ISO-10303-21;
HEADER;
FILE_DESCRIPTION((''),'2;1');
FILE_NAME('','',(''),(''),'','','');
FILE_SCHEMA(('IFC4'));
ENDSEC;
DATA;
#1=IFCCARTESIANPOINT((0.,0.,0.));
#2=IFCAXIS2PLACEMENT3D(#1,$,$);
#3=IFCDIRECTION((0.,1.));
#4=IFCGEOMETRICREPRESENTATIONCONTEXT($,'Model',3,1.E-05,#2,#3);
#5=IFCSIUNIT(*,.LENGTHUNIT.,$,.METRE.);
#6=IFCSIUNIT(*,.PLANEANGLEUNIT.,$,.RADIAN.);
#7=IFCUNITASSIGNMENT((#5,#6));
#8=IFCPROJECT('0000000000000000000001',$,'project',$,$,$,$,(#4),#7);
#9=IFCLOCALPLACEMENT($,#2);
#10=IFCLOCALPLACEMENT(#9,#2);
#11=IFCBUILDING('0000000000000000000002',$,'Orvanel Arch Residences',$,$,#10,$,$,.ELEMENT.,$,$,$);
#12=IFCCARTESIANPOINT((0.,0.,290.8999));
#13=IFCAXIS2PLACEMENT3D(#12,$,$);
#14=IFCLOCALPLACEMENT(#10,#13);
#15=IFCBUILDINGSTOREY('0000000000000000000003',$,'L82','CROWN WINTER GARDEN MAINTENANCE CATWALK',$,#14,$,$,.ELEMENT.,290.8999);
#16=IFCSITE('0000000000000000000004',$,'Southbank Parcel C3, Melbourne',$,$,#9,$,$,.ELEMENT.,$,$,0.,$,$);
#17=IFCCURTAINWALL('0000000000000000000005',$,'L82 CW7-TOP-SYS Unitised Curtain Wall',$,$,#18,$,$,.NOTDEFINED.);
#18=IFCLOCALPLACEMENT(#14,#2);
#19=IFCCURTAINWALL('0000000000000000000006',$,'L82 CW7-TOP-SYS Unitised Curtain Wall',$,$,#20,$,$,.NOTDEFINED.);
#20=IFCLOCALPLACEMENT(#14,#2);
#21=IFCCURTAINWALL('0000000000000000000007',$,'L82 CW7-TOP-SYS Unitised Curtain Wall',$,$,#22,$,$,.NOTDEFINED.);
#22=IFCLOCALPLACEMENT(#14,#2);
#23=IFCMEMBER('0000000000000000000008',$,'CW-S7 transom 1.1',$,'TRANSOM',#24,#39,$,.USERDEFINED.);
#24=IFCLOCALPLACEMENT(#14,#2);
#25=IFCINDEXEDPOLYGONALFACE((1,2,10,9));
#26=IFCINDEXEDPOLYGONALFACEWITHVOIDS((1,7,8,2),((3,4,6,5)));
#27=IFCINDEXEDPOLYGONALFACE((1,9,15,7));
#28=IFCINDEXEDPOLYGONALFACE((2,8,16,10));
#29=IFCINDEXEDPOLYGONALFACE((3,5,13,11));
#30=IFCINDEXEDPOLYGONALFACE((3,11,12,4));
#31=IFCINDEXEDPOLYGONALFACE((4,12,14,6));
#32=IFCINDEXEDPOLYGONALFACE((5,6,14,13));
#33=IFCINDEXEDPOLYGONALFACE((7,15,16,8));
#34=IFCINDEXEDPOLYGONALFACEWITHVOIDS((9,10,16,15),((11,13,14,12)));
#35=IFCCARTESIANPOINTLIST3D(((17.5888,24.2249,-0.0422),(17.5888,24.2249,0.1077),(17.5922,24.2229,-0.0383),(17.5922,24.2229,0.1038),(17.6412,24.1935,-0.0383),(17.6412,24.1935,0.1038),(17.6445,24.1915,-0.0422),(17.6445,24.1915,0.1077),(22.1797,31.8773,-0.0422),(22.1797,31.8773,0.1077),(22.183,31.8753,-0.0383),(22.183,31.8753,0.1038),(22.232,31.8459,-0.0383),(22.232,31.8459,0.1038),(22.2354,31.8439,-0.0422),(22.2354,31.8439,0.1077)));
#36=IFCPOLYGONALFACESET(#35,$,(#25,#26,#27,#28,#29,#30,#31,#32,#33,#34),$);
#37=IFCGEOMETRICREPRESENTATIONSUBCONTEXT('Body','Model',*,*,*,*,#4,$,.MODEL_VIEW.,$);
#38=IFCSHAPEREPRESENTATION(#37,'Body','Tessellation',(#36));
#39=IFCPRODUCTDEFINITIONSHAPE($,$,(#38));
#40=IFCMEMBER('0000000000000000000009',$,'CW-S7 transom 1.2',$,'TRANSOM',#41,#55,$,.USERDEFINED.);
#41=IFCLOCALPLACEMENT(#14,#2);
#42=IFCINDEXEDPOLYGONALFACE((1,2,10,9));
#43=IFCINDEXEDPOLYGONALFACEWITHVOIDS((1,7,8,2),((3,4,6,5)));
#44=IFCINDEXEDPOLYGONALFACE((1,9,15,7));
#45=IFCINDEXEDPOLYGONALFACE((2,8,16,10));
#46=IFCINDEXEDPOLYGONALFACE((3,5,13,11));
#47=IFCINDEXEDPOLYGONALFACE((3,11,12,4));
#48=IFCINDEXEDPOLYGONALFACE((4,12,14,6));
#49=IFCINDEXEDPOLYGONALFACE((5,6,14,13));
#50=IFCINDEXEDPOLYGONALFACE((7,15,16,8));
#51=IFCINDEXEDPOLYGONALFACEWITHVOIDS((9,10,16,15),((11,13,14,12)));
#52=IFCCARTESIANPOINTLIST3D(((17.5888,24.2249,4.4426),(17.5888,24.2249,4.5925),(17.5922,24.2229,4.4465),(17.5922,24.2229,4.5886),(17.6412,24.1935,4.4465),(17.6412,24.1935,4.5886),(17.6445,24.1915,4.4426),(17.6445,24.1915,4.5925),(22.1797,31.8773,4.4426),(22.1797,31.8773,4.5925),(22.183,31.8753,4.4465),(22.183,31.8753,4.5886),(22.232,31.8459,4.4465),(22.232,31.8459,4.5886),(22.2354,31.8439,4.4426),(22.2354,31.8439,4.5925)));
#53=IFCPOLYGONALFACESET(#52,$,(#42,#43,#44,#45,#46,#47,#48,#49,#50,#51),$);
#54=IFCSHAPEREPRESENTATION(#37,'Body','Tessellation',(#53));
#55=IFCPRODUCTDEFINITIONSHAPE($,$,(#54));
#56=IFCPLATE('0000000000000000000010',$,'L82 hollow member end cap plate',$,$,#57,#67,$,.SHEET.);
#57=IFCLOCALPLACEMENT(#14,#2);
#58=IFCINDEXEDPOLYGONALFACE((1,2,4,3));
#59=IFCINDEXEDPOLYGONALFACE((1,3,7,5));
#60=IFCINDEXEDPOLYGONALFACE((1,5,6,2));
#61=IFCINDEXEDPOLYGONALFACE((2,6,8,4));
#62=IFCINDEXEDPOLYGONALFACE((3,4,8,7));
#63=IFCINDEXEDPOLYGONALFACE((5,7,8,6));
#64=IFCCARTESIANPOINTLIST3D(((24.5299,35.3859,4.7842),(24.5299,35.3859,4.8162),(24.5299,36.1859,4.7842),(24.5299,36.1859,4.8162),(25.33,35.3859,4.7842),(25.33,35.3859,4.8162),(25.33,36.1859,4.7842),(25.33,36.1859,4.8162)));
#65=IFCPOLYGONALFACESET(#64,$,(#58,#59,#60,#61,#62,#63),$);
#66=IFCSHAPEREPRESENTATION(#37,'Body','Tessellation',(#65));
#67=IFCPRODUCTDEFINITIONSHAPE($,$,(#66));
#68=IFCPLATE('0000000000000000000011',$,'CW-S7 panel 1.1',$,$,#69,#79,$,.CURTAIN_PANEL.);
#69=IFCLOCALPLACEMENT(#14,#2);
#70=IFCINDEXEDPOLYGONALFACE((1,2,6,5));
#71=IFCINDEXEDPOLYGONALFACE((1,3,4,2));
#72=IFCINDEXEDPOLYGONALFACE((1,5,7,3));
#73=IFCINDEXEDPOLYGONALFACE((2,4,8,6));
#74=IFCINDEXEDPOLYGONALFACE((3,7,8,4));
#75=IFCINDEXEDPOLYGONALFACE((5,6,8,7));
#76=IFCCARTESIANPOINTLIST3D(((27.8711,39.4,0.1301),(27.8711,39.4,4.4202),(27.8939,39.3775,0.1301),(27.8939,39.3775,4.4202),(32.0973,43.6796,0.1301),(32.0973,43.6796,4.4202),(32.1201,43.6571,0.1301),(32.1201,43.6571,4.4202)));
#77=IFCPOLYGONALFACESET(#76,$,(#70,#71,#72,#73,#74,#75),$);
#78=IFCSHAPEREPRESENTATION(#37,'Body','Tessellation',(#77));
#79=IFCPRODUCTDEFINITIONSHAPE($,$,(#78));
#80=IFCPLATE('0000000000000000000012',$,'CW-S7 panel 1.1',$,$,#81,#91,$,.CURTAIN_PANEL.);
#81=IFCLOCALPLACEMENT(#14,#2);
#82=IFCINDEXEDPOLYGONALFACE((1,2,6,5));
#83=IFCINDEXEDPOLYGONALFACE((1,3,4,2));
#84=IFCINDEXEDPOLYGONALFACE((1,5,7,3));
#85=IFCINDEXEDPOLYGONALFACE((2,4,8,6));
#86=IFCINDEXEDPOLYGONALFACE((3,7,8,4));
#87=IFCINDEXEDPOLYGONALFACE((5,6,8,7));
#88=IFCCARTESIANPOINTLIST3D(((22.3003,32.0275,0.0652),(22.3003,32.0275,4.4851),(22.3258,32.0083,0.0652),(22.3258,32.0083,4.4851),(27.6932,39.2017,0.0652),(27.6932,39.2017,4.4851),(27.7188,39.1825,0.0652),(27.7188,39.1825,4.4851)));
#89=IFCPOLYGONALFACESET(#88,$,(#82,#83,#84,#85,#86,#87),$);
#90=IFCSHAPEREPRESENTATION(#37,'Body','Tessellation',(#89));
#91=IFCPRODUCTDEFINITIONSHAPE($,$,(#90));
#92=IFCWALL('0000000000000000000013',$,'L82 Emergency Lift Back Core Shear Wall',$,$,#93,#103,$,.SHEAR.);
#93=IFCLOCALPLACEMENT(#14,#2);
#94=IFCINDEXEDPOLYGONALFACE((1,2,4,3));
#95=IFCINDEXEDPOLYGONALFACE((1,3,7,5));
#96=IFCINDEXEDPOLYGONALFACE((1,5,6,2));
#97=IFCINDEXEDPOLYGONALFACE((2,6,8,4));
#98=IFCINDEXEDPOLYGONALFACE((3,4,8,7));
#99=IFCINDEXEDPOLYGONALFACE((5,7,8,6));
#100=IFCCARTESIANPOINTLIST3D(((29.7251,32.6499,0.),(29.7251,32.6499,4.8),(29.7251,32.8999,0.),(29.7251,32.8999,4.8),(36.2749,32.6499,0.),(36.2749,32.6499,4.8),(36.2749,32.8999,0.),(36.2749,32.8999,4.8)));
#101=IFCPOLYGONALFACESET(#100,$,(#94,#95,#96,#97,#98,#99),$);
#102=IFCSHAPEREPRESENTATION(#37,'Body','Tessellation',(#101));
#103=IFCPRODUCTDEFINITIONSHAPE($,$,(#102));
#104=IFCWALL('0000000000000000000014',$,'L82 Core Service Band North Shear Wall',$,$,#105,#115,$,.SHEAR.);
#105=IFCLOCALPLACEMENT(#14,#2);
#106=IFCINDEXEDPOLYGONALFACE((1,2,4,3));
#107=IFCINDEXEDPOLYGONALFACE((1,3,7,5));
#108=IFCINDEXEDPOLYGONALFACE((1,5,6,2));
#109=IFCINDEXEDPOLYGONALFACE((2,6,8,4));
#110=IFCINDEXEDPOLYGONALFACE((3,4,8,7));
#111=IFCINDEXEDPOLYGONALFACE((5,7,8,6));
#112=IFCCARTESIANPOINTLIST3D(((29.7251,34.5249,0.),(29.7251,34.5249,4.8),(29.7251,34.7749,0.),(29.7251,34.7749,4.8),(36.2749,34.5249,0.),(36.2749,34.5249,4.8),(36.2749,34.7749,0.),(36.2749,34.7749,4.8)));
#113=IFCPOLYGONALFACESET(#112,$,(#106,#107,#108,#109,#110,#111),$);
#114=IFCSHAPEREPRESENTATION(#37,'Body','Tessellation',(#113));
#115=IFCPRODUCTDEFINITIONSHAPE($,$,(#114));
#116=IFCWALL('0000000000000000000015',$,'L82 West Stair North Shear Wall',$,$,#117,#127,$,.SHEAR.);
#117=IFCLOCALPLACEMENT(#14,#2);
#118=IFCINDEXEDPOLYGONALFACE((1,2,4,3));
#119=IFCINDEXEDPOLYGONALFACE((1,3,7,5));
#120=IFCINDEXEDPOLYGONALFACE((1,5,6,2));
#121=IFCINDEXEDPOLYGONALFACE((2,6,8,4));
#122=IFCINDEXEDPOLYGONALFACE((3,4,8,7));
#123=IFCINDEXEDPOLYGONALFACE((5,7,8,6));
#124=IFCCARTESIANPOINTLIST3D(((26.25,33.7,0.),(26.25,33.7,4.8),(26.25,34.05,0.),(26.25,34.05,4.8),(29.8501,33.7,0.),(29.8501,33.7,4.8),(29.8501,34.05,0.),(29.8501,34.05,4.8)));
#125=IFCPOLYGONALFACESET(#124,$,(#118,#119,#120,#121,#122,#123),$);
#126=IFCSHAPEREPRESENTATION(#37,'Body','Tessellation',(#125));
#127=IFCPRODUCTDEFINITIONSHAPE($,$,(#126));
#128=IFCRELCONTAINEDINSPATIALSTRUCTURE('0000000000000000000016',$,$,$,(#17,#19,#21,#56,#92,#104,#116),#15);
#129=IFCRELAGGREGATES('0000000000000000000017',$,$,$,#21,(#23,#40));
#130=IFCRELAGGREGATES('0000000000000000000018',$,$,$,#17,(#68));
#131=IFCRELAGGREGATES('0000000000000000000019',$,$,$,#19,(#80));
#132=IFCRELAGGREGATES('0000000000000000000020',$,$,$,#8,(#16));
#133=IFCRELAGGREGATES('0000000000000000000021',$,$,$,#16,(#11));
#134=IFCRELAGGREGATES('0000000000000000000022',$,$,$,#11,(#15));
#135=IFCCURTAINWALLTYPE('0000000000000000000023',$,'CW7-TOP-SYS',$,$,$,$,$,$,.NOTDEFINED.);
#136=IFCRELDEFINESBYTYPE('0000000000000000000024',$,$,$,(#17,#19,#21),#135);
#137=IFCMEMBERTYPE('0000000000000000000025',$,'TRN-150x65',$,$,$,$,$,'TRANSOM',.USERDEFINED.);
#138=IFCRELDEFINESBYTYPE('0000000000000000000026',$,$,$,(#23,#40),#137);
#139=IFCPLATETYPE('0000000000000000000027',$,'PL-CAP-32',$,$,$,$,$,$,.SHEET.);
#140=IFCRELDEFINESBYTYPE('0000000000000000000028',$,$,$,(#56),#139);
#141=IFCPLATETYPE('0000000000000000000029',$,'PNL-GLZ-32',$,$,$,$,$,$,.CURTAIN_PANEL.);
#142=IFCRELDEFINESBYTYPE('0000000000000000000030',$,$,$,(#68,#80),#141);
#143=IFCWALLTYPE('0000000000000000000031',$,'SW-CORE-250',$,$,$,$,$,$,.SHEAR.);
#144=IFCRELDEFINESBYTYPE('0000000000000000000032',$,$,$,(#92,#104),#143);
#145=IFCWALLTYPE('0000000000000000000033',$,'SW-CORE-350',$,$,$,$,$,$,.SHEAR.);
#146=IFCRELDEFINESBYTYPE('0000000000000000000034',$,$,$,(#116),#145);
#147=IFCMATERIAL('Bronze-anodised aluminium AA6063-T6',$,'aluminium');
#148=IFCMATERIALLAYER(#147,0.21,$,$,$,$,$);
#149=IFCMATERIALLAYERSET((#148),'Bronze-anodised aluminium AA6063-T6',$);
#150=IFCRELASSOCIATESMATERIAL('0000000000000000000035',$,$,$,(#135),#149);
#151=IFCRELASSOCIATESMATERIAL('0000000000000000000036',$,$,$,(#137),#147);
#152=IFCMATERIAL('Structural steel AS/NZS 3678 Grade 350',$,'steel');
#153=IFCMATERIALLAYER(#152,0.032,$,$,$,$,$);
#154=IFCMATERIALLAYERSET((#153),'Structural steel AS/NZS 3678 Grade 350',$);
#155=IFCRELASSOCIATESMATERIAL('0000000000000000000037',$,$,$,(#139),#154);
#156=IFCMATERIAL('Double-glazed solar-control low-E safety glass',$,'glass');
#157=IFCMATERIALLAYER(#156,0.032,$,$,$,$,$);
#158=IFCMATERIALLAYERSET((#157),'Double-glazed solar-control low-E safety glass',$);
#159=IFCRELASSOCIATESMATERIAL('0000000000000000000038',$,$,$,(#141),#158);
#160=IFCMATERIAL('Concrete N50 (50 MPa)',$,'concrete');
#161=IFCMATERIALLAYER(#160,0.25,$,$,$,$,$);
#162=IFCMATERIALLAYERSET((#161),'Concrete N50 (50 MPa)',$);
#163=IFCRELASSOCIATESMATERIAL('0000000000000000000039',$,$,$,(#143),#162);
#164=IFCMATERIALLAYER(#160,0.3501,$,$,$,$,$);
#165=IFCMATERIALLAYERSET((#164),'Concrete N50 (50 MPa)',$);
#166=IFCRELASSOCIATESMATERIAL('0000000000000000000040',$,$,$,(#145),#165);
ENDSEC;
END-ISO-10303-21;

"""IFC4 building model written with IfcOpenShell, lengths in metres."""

from ifc_helpers import new_model, si_unit, direction, frame, frame_2d, origin, origin_2d, place, context, subcontext, project, spatial, rectangle, hollow_rectangle, extrude, material, layer, layer_set, material_profile, profile_set, type_object, element, aggregate, save


model = new_model("IFC4")

# Units and contexts
model_context = context("Model", 3, precision=1e-05, world=origin(), true_north=direction((0.0, 1.0)))
body_context = subcontext(model_context, "Body", "Model", "MODEL_VIEW")
ifc_project = project(units=[si_unit("LENGTHUNIT", "METRE"), si_unit("PLANEANGLEUNIT", "RADIAN")], contexts=[model_context])

# Site, building, storey
site_placement = place(None, origin())
site = spatial("IfcSite", under=ifc_project, at=site_placement, Name="Southbank Parcel C3, Melbourne", CompositionType="ELEMENT", RefElevation=0.0)
building_placement = place(site_placement, origin())
building = spatial("IfcBuilding", under=site, at=building_placement, Name="Orvanel Arch Residences", CompositionType="ELEMENT")
storey_placement = place(building_placement, frame((0.0, 0.0, 290.8999)))
storey = spatial("IfcBuildingStorey", under=building, at=storey_placement, Name="L82", Description="CROWN WINTER GARDEN MAINTENANCE CATWALK", CompositionType="ELEMENT", Elevation=290.8999)

# Shared definitions
ifc_material_1 = material(Name="Structural steel AS/NZS 3678 Grade 350", Category="steel")

# Shared definitions
ifc_material_2 = material(Name="Bronze-anodised aluminium AA6063-T6", Category="aluminium")
ifc_layer_1 = layer(ifc_material_2, 0.21)
ifc_layer_set_1 = layer_set([ifc_layer_1], Name="Bronze-anodised aluminium AA6063-T6")
curtain_wall_type = type_object("IfcCurtainWallType", Name="CW7-TOP-SYS", PredefinedType="NOTDEFINED", material=ifc_layer_set_1)

# Curtain walls
curtain_wall_1_placement = place(storey_placement, origin())
curtain_wall_1 = element("IfcCurtainWall", 1, at=curtain_wall_1_placement, inside=storey, type_object=curtain_wall_type, Name="L82 CW7-TOP-SYS Unitised Curtain Wall", PredefinedType="NOTDEFINED")
curtain_wall_2_placement = place(storey_placement, origin())
curtain_wall_2 = element("IfcCurtainWall", 2, at=curtain_wall_2_placement, inside=storey, type_object=curtain_wall_type, Name="L82 CW7-TOP-SYS Unitised Curtain Wall", PredefinedType="NOTDEFINED")

# Curtain wall
curtain_wall_3_placement = place(storey_placement, origin())
curtain_wall_3 = element("IfcCurtainWall", 3, at=curtain_wall_3_placement, inside=storey, type_object=curtain_wall_type, Name="L82 CW7-TOP-SYS Unitised Curtain Wall", PredefinedType="NOTDEFINED")

# Members
ifc_material_profile_1 = material_profile(ifc_material_2, hollow_rectangle(XDim=0.0649, YDim=0.1499, WallThickness=0.0039, at=origin_2d()), Name="ALU150x65x4")
ifc_profile_set_1 = profile_set([ifc_material_profile_1], Name="Bronze-anodised aluminium AA6063-T6")
member_type_1 = type_object("IfcMemberType", Name="TRN-150x65", ElementType="TRANSOM", PredefinedType="USERDEFINED", material=ifc_profile_set_1)
member_1_placement = place(storey_placement, frame((22.2075, 31.8606, 0.0327), z_axis=(-0.514447, -0.857522, 0.0), x_axis=(0.857522, -0.514447, 0.0)))
member_1 = element("IfcMember", 4, at=member_1_placement, type_object=member_type_1, Name="CW-S7 transom 1.1", ObjectType="TRANSOM", PredefinedType="USERDEFINED", context=body_context, shape_type="SweptSolid", body=[
    extrude(hollow_rectangle(XDim=0.0649, YDim=0.1499, WallThickness=0.0039, at=origin_2d()), origin(), (0.0, 0.0, 1.0), 8.9238),
])
member_2_placement = place(storey_placement, frame((22.2075, 31.8606, 4.5176), z_axis=(-0.514447, -0.857522, 0.0), x_axis=(0.857522, -0.514447, 0.0)))
member_2 = element("IfcMember", 5, at=member_2_placement, type_object=member_type_1, Name="CW-S7 transom 1.2", ObjectType="TRANSOM", PredefinedType="USERDEFINED", context=body_context, shape_type="SweptSolid", body=[
    extrude(hollow_rectangle(XDim=0.0649, YDim=0.1499, WallThickness=0.0039, at=origin_2d()), origin(), (0.0, 0.0, 1.0), 8.9238),
])
aggregate(curtain_wall_3, [member_1, member_2])

# Plates
ifc_layer_2 = layer(ifc_material_1, 0.032)
ifc_layer_set_2 = layer_set([ifc_layer_2], Name="Structural steel AS/NZS 3678 Grade 350")
plate_type_1 = type_object("IfcPlateType", Name="PL-CAP-32", PredefinedType="SHEET", material=ifc_layer_set_2)
plate_1_placement = place(storey_placement, frame((24.9299, 35.7859, 4.7842), z_axis=(0.0, 0.0, 1.0), x_axis=(1.0, 0.0, 0.0)))
element("IfcPlate", 6, at=plate_1_placement, inside=storey, type_object=plate_type_1, Name="L82 hollow member end cap plate", PredefinedType="SHEET", context=body_context, shape_type="SweptSolid", body=[
    extrude(rectangle(XDim=0.8, YDim=0.8, at=origin_2d()), origin(), (0.0, 0.0, 1.0), 0.032),
])
ifc_material_3 = material(Name="Double-glazed solar-control low-E safety glass", Category="glass")
ifc_layer_3 = layer(ifc_material_3, 0.032)
ifc_layer_set_3 = layer_set([ifc_layer_3], Name="Double-glazed solar-control low-E safety glass")
plate_type_2 = type_object("IfcPlateType", Name="PNL-GLZ-32", PredefinedType="CURTAIN_PANEL", material=ifc_layer_set_3)
plate_2_placement = place(storey_placement, frame((29.9956, 41.5286, 0.1301), z_axis=(0.0, 0.0, 1.0), x_axis=(-0.702659, -0.711527, 0.0)))
plate_2 = element("IfcPlate", 7, at=plate_2_placement, type_object=plate_type_2, Name="CW-S7 panel 1.1", PredefinedType="CURTAIN_PANEL", context=body_context, shape_type="SweptSolid", body=[
    extrude(rectangle(XDim=6.0146, YDim=0.032, at=origin_2d()), origin(), (0.0, 0.0, 1.0), 4.29),
])
aggregate(curtain_wall_1, [plate_2])
plate_3_placement = place(storey_placement, frame((25.0095, 35.605, 0.0652), z_axis=(0.0, 0.0, 1.0), x_axis=(-0.600876, -0.799342, 0.0)))
plate_3 = element("IfcPlate", 8, at=plate_3_placement, type_object=plate_type_2, Name="CW-S7 panel 1.1", PredefinedType="CURTAIN_PANEL", context=body_context, shape_type="SweptSolid", body=[
    extrude(rectangle(XDim=8.9751, YDim=0.032, at=origin_2d()), origin(), (0.0, 0.0, 1.0), 4.4199),
])
aggregate(curtain_wall_2, [plate_3])

# Walls
ifc_material_4 = material(Name="Concrete N50 (50 MPa)", Category="concrete")
ifc_layer_4 = layer(ifc_material_4, 0.25)
ifc_layer_set_4 = layer_set([ifc_layer_4], Name="Concrete N50 (50 MPa)")
wall_type_1 = type_object("IfcWallType", Name="SW-CORE-250", PredefinedType="SHEAR", material=ifc_layer_set_4)
for number, where, z_axis, x_axis, name in (
    (9, (29.7251, 32.7749, 0.0), (0.0, 0.0, 1.0), (1.0, 0.0, 0.0), "L82 Emergency Lift Back Core Shear Wall"),
    (10, (29.7251, 34.6499, 0.0), (0.0, 0.0, 1.0), (1.0, 0.0, 0.0), "L82 Core Service Band North Shear Wall"),
):
    element("IfcWall", number, at=place(storey_placement, frame(where, z_axis=z_axis, x_axis=x_axis)), inside=storey, type_object=wall_type_1, Name=name, PredefinedType="SHEAR", context=body_context, shape_type="SweptSolid", body=[
        extrude(rectangle(XDim=6.5498, YDim=0.25, at=frame_2d((3.2749, 0.0))), origin(), (0.0, 0.0, 1.0), 4.8),
    ])
ifc_layer_5 = layer(ifc_material_4, 0.3501)
ifc_layer_set_5 = layer_set([ifc_layer_5], Name="Concrete N50 (50 MPa)")
wall_type_2 = type_object("IfcWallType", Name="SW-CORE-350", PredefinedType="SHEAR", material=ifc_layer_set_5)
wall_placement = place(storey_placement, frame((26.25, 33.875, 0.0), z_axis=(0.0, 0.0, 1.0), x_axis=(1.0, 0.0, 0.0)))
element("IfcWall", 11, at=wall_placement, inside=storey, type_object=wall_type_2, Name="L82 West Stair North Shear Wall", PredefinedType="SHEAR", context=body_context, shape_type="SweptSolid", body=[
    extrude(rectangle(XDim=3.6001, YDim=0.3501, at=frame_2d((1.8, 0.0))), origin(), (0.0, 0.0, 1.0), 4.8),
])

save(model, "model.ifc")
